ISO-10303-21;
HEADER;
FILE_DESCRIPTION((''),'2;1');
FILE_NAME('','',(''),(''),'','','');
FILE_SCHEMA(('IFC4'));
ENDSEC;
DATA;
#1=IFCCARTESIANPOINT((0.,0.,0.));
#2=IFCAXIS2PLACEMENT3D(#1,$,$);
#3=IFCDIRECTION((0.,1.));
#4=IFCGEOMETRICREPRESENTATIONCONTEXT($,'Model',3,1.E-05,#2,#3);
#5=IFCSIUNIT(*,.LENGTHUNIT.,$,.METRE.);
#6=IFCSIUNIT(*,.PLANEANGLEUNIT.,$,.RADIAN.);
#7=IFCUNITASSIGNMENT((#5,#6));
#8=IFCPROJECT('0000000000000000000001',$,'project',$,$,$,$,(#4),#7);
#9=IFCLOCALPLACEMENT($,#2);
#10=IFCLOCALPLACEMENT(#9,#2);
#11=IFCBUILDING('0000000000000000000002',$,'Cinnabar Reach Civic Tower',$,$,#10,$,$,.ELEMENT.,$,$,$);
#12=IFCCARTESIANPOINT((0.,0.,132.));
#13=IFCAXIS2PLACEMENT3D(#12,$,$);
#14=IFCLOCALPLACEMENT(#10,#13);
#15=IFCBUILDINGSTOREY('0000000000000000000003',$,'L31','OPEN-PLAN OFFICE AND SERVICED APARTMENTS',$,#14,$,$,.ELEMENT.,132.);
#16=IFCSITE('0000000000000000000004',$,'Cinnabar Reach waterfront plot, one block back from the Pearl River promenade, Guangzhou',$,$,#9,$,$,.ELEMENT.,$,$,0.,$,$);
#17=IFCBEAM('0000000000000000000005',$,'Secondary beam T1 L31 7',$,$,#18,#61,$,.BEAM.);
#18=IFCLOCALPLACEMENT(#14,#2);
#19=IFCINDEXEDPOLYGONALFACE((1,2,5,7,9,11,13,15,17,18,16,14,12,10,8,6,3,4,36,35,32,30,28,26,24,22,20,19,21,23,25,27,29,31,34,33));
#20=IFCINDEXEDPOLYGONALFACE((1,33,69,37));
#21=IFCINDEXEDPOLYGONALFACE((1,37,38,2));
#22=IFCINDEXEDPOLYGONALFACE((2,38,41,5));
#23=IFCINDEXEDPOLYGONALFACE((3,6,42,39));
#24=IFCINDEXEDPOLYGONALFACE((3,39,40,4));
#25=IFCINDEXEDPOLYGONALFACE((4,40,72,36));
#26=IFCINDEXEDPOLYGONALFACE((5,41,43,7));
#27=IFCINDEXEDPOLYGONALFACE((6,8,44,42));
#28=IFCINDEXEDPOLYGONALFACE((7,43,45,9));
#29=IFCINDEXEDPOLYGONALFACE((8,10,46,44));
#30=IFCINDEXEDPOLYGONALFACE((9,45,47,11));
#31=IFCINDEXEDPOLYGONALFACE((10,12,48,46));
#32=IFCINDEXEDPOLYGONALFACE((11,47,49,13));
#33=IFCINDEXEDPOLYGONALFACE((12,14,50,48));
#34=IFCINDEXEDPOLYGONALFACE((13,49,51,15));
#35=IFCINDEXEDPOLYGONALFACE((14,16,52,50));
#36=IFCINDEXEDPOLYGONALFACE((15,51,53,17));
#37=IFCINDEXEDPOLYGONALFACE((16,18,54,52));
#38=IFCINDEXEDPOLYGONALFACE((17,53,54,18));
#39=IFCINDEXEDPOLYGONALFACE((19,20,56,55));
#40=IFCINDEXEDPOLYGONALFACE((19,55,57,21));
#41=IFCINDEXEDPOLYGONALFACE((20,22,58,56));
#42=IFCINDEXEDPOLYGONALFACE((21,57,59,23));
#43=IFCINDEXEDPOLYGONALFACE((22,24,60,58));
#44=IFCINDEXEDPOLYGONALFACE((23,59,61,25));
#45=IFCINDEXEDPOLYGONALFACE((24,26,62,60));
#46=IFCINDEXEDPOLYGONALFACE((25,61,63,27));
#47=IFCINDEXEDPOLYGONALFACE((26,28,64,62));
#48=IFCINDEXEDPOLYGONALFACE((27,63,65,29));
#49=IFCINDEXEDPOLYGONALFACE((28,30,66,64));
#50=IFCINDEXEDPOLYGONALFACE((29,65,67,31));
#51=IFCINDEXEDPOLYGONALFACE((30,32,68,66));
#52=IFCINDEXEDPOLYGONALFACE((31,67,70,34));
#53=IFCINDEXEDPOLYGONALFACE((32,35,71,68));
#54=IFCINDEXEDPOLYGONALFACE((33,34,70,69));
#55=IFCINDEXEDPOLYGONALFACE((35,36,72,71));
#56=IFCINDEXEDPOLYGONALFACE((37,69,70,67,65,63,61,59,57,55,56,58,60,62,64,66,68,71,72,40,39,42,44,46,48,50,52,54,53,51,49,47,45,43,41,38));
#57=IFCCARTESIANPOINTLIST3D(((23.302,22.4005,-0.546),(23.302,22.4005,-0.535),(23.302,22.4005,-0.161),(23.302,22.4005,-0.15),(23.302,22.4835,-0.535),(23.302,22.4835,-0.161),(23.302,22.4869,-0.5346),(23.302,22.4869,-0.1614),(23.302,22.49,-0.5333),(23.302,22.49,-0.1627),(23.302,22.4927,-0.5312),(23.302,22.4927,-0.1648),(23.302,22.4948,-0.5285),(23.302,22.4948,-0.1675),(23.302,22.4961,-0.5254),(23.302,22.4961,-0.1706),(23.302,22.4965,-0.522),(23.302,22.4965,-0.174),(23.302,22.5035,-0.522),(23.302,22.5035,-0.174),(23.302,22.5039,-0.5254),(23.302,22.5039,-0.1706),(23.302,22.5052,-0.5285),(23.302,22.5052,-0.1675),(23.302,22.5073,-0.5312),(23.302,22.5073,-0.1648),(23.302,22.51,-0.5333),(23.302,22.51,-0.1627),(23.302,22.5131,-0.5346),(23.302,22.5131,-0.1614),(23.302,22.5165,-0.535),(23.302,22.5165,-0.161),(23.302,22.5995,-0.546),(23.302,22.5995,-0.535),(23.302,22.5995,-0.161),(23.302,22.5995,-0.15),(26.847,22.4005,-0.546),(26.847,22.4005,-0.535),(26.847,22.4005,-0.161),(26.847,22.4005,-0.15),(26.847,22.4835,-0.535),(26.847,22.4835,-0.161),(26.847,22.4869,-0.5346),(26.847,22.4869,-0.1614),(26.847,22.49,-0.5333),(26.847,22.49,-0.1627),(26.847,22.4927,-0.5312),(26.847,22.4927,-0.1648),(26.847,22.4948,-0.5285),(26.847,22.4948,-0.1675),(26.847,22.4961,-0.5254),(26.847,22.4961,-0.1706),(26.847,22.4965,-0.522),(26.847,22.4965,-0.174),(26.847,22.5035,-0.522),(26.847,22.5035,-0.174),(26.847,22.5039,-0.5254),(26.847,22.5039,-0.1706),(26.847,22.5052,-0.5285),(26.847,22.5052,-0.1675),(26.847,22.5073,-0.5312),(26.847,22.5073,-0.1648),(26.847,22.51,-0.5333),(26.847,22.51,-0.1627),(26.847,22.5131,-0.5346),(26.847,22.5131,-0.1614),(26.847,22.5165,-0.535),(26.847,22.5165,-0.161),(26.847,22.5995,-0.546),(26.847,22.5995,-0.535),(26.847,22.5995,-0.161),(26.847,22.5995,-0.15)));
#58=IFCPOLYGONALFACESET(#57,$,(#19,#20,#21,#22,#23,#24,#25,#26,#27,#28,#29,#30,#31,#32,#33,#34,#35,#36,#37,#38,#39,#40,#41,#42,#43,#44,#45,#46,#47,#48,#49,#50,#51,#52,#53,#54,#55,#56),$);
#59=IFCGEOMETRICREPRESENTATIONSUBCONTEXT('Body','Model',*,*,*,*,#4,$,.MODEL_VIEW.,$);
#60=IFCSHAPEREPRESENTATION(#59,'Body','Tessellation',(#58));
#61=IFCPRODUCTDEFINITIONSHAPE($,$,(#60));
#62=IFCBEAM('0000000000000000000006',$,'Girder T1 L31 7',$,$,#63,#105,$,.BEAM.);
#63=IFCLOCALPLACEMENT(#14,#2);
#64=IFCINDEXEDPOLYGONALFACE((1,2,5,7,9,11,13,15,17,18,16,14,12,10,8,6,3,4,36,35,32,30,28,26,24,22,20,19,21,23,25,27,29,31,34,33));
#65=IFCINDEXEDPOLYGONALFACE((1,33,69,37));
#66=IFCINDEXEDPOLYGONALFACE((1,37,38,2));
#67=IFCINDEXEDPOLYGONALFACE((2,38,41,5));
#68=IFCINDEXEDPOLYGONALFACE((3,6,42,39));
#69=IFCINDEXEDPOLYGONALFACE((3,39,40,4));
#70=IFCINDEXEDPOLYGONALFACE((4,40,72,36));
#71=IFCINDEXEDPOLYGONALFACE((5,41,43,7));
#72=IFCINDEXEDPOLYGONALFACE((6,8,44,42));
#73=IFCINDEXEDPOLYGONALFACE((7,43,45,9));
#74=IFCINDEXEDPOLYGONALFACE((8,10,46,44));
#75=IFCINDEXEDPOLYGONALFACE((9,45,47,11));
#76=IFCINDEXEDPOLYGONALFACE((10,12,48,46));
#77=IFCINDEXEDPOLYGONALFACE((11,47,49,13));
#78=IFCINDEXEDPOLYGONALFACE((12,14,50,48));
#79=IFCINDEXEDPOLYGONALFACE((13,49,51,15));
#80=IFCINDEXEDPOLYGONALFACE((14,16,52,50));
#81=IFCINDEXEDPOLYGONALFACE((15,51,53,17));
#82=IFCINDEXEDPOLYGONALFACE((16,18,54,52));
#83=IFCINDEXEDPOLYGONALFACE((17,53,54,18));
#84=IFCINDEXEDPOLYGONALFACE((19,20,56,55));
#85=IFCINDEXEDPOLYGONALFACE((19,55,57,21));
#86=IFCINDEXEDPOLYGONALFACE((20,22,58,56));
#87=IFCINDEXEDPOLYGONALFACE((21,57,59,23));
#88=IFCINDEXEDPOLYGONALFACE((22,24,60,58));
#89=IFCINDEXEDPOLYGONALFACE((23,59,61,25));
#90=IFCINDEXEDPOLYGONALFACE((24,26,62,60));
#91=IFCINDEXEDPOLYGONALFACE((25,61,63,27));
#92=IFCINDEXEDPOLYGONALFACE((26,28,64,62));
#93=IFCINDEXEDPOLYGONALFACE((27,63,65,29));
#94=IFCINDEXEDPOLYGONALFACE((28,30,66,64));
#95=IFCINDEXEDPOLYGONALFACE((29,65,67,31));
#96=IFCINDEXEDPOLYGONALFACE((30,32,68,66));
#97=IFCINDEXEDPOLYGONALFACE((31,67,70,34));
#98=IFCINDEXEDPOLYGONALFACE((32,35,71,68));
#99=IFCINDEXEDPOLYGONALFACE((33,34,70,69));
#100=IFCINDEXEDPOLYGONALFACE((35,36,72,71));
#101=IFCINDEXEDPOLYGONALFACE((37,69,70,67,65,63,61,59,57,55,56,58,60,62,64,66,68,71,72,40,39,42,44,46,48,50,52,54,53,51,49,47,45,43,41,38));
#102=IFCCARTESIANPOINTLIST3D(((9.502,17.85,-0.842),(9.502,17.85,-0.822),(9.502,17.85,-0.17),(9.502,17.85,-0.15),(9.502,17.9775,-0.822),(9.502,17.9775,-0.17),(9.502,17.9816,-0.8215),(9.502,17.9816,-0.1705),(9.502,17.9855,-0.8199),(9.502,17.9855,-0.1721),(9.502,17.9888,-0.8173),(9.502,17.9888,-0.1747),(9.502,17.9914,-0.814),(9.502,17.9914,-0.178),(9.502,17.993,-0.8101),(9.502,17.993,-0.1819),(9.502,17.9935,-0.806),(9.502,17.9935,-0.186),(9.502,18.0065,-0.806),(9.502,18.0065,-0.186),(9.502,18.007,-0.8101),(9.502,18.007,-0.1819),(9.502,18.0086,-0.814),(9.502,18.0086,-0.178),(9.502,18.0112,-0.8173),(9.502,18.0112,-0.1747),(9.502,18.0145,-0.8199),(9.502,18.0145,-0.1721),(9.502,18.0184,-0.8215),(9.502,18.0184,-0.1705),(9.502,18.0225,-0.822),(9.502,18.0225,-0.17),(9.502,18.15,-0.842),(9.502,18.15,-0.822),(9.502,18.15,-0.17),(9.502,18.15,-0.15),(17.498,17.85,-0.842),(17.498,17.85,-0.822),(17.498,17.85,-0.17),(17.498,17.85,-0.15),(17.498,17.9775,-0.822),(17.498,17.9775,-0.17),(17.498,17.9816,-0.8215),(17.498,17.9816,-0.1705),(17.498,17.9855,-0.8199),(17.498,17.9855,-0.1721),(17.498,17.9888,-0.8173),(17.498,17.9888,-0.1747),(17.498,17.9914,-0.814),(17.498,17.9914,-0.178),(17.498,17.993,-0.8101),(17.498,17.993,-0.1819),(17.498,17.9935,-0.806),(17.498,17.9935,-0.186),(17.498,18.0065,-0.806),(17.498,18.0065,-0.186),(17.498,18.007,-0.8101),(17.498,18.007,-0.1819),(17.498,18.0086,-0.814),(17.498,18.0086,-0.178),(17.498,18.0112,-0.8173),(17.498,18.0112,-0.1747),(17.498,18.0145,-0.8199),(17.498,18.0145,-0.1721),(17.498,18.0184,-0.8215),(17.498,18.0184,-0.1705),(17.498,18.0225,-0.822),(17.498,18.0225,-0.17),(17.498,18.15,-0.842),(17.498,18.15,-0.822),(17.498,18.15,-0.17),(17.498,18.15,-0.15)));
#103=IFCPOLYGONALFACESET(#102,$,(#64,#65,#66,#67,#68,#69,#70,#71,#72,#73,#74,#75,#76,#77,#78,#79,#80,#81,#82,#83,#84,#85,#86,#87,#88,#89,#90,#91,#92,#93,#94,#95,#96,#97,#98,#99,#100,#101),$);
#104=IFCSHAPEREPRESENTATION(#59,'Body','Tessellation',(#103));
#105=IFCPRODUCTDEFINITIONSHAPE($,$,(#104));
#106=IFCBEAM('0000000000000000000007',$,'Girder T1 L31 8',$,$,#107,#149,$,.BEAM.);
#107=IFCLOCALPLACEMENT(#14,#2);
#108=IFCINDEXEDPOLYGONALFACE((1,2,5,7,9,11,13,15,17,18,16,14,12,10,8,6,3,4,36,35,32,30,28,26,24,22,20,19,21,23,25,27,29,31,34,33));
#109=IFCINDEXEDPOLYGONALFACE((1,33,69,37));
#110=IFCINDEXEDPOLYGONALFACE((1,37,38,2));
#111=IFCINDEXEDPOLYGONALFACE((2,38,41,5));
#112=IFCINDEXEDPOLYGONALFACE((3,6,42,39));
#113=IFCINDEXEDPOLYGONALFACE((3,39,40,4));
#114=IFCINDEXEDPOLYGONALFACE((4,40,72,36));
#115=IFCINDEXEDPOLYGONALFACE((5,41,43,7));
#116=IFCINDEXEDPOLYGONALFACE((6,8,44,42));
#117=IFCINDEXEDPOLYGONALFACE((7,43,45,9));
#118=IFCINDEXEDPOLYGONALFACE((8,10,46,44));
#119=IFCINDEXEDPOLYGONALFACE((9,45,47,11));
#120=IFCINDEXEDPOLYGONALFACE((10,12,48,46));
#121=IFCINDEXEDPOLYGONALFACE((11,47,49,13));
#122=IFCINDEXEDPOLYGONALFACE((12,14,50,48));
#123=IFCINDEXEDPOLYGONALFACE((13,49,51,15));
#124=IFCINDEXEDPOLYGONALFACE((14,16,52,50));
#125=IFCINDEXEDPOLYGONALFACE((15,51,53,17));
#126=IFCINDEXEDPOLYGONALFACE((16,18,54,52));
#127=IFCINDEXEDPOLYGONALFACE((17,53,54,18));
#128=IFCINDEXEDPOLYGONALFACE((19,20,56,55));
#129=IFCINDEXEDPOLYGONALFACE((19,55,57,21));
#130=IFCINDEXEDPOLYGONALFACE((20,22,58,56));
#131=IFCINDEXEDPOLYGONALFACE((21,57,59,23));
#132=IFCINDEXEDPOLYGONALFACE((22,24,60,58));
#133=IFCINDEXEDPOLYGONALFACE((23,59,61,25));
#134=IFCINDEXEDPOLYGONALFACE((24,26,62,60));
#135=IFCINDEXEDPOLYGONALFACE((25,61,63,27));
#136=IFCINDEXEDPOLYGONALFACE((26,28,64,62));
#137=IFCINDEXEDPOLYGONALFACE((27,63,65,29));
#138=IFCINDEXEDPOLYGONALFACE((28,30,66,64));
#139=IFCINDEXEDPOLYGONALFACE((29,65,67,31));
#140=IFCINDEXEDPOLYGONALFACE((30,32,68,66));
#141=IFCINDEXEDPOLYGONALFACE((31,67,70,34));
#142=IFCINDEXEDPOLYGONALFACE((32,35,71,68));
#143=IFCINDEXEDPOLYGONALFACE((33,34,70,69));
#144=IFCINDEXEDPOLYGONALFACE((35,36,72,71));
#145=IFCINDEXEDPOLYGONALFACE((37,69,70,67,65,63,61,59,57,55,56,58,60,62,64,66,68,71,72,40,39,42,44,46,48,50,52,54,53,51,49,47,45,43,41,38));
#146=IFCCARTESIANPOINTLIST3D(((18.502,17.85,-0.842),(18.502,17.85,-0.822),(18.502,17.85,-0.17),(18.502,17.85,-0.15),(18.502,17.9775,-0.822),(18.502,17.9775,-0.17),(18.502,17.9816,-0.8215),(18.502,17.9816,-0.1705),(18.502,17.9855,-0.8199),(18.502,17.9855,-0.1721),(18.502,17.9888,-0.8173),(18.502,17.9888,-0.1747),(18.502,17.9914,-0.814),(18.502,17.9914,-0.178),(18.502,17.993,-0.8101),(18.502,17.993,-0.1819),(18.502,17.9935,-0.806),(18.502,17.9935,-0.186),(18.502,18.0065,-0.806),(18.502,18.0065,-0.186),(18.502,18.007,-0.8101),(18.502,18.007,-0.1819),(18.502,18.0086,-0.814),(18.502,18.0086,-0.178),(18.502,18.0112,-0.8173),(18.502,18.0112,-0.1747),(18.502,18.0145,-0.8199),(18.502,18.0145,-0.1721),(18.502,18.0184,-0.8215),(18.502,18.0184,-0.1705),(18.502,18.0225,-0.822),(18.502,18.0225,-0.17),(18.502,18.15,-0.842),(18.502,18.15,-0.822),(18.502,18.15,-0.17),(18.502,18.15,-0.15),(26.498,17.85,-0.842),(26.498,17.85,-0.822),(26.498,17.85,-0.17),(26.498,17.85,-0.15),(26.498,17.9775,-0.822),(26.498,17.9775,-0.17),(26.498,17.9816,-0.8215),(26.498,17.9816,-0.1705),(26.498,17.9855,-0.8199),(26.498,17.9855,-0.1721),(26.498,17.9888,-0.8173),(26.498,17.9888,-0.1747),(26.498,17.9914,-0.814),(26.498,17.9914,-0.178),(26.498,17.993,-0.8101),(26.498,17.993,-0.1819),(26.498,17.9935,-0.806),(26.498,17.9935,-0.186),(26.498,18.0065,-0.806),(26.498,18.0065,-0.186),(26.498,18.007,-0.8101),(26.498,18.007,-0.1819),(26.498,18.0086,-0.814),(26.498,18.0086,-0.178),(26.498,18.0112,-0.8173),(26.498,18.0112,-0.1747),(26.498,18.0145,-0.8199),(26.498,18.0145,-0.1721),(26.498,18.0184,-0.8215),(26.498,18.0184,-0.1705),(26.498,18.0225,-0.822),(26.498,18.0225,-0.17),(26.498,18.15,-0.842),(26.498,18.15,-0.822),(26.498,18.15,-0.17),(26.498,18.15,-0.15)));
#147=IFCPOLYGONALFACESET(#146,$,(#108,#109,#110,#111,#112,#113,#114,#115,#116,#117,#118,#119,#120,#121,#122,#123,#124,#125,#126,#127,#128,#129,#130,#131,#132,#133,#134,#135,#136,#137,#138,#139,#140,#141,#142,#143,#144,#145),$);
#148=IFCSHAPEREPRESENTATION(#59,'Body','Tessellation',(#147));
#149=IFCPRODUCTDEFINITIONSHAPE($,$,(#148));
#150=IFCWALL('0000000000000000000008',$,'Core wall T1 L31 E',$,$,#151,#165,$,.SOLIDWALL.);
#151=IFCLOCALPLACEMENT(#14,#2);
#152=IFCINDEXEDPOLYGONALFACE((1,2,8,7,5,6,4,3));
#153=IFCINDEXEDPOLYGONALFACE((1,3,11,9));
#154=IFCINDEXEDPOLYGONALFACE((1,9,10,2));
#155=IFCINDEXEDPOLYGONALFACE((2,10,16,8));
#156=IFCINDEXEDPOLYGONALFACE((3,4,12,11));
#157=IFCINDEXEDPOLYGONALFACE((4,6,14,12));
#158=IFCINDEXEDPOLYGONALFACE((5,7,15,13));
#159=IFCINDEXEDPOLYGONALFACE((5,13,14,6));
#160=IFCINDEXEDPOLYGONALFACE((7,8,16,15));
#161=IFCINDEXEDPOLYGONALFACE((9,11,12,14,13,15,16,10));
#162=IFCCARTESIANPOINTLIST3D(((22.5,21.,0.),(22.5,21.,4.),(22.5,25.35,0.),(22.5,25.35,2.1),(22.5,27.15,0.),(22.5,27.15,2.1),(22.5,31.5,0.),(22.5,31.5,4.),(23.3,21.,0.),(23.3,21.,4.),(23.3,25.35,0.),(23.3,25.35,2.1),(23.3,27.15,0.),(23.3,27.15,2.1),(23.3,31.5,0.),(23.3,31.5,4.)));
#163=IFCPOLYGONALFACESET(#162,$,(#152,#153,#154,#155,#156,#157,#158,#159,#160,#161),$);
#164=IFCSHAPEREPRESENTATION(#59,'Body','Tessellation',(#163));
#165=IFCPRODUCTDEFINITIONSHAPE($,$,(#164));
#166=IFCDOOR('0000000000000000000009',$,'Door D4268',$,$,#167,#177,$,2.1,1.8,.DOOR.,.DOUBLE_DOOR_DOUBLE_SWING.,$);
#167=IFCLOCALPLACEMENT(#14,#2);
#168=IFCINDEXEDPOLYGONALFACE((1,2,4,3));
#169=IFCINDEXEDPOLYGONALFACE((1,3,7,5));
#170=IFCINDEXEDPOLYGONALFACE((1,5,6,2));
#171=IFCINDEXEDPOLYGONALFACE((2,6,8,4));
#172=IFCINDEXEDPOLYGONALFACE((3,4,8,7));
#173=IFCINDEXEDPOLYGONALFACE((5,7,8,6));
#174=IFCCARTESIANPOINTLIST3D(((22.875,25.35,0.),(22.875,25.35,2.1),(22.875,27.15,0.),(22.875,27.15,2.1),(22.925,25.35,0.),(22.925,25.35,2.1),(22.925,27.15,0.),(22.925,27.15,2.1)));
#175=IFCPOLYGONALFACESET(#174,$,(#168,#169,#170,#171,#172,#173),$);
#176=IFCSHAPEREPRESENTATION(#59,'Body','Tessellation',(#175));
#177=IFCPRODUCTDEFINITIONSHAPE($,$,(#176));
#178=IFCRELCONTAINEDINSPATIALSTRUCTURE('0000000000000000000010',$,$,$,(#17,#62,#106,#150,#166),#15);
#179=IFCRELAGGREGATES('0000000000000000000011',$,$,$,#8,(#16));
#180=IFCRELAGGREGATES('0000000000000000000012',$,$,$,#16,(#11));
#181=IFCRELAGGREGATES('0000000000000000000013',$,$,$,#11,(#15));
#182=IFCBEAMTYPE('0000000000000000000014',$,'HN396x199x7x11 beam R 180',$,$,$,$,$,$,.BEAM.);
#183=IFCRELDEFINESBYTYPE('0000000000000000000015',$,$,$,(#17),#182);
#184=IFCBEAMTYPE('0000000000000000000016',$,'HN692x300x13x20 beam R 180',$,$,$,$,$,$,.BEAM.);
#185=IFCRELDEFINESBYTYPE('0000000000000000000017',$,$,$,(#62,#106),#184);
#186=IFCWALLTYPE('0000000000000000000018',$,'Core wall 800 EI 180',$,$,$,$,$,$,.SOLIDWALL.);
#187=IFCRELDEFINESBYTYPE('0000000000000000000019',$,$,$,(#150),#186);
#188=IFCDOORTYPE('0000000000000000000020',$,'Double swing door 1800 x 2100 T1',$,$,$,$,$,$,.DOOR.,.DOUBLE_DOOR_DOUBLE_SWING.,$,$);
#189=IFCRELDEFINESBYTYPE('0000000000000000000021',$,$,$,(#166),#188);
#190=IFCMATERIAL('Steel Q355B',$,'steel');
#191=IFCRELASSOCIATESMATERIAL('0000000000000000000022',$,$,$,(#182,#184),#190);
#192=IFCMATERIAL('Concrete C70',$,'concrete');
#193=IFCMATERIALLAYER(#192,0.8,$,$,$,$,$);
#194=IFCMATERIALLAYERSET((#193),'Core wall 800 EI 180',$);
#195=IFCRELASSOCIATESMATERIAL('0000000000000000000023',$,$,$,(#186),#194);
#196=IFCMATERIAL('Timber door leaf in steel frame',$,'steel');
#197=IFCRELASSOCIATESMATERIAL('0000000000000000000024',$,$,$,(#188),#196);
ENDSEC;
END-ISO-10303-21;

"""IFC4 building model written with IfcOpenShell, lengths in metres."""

from ifc_helpers import new_model, si_unit, direction, frame, frame_2d, origin, origin_2d, place, context, subcontext, project, spatial, rectangle, i_section, extrude, material, layer, layer_set, material_profile, profile_set, type_object, element, fill, save


model = new_model("IFC4")

# Units and contexts
model_context = context("Model", 3, precision=1e-05, world=origin(), true_north=direction((0.0, 1.0)))
body_context = subcontext(model_context, "Body", "Model", "MODEL_VIEW")
ifc_project = project(units=[si_unit("LENGTHUNIT", "METRE"), si_unit("PLANEANGLEUNIT", "RADIAN")], contexts=[model_context])

# Site, building, storey
site_placement = place(None, origin())
site = spatial("IfcSite", under=ifc_project, at=site_placement, Name="Cinnabar Reach waterfront plot, one block back from the Pearl River promenade, Guangzhou", CompositionType="ELEMENT", RefElevation=0.0)
building_placement = place(site_placement, origin())
building = spatial("IfcBuilding", under=site, at=building_placement, Name="Cinnabar Reach Civic Tower", CompositionType="ELEMENT")
storey_placement = place(building_placement, frame((0.0, 0.0, 132.0)))
storey = spatial("IfcBuildingStorey", under=building, at=storey_placement, Name="L31", Description="OPEN-PLAN OFFICE AND SERVICED APARTMENTS", CompositionType="ELEMENT", Elevation=132.0)

# Shared definitions
ifc_material_1 = material(Name="Concrete C70", Category="concrete")

# Beams
ifc_material_2 = material(Name="Steel Q355B", Category="steel")
ifc_material_profile_1 = material_profile(ifc_material_2, i_section(OverallWidth=0.199, OverallDepth=0.396, WebThickness=0.007, FlangeThickness=0.011, FilletRadius=0.013, at=origin_2d()), Name="HN396x199x7x11")
ifc_profile_set_1 = profile_set([ifc_material_profile_1], Name="Steel Q355B")
beam_type_1 = type_object("IfcBeamType", Name="HN396x199x7x11 beam R 180", PredefinedType="BEAM", material=ifc_profile_set_1)
beam_1_placement = place(storey_placement, frame((23.302, 22.5, -0.348), z_axis=(1.0, 0.0, 0.0), x_axis=(0.0, 1.0, 0.0)))
element("IfcBeam", 1, at=beam_1_placement, inside=storey, type_object=beam_type_1, Name="Secondary beam T1 L31 7", PredefinedType="BEAM", context=body_context, shape_type="SweptSolid", body=[
    extrude(i_section(OverallWidth=0.199, OverallDepth=0.396, WebThickness=0.007, FlangeThickness=0.011, FilletRadius=0.013, at=origin_2d()), origin(), (0.0, 0.0, 1.0), 3.545),
])
ifc_material_profile_2 = material_profile(ifc_material_2, i_section(OverallWidth=0.3, OverallDepth=0.692, WebThickness=0.013, FlangeThickness=0.02, FilletRadius=0.016, at=origin_2d()), Name="HN692x300x13x20")
ifc_profile_set_2 = profile_set([ifc_material_profile_2], Name="Steel Q355B")
beam_type_2 = type_object("IfcBeamType", Name="HN692x300x13x20 beam R 180", PredefinedType="BEAM", material=ifc_profile_set_2)
for number, where, z_axis, x_axis, name in (
    (2, (9.502, 18.0, -0.496), (1.0, 0.0, 0.0), (0.0, 1.0, 0.0), "Girder T1 L31 7"),
    (3, (18.502, 18.0, -0.496), (1.0, 0.0, 0.0), (0.0, 1.0, 0.0), "Girder T1 L31 8"),
):
    element("IfcBeam", number, at=place(storey_placement, frame(where, z_axis=z_axis, x_axis=x_axis)), inside=storey, type_object=beam_type_2, Name=name, PredefinedType="BEAM", context=body_context, shape_type="SweptSolid", body=[
        extrude(i_section(OverallWidth=0.3, OverallDepth=0.692, WebThickness=0.013, FlangeThickness=0.02, FilletRadius=0.016, at=origin_2d()), origin(), (0.0, 0.0, 1.0), 7.996),
    ])

# Wall, opening, door
ifc_layer_1 = layer(ifc_material_1, 0.8)
ifc_layer_set_1 = layer_set([ifc_layer_1], Name="Core wall 800 EI 180")
wall_type_1 = type_object("IfcWallType", Name="Core wall 800 EI 180", PredefinedType="SOLIDWALL", material=ifc_layer_set_1)
wall_1_placement = place(storey_placement, frame((22.9, 21.0, 0.0), z_axis=(0.0, 0.0, 1.0), x_axis=(0.0, 1.0, 0.0)))
wall_1 = element("IfcWall", 4, at=wall_1_placement, inside=storey, type_object=wall_type_1, Name="Core wall T1 L31 E", PredefinedType="SOLIDWALL", context=body_context, shape_type="SweptSolid", body=[
    extrude(rectangle(XDim=10.5, YDim=0.8, at=frame_2d((5.25, 0.0))), origin(), (0.0, 0.0, 1.0), 4.0),
])
opening_1_placement = place(wall_1_placement, frame((4.35, 0.0, 0.0)))
opening_1 = element("IfcOpeningElement", 5, at=opening_1_placement, cuts=wall_1, PredefinedType="OPENING", context=body_context, shape_type="SweptSolid", body=[
    extrude(rectangle(XDim=1.8, YDim=2.1, at=frame_2d((0.9, 1.05))), frame((0.0, 0.41, 0.0), z_axis=(0.0, -1.0, 0.0), x_axis=(1.0, 0.0, 0.0)), (0.0, 0.0, 1.0), 0.82),
])
ifc_material_3 = material(Name="Timber door leaf in steel frame", Category="steel")
door_type_1 = type_object("IfcDoorType", Name="Double swing door 1800 x 2100 T1", OperationType="DOUBLE_DOOR_DOUBLE_SWING", PredefinedType="DOOR", material=ifc_material_3)
door_1_placement = place(opening_1_placement, origin())
door_1 = element("IfcDoor", 6, at=door_1_placement, inside=storey, type_object=door_type_1, Name="Door D4268", OperationType="DOUBLE_DOOR_DOUBLE_SWING", OverallHeight=2.1, OverallWidth=1.8, PredefinedType="DOOR", context=body_context, shape_type="SweptSolid", body=[
    extrude(rectangle(XDim=1.8, YDim=2.1, at=frame_2d((0.9, 1.05))), frame((0.0, 0.025, 0.0), z_axis=(0.0, -1.0, 0.0), x_axis=(1.0, 0.0, 0.0)), (0.0, 0.0, 1.0), 0.05),
])
fill(opening_1, door_1)

save(model, "model.ifc")
